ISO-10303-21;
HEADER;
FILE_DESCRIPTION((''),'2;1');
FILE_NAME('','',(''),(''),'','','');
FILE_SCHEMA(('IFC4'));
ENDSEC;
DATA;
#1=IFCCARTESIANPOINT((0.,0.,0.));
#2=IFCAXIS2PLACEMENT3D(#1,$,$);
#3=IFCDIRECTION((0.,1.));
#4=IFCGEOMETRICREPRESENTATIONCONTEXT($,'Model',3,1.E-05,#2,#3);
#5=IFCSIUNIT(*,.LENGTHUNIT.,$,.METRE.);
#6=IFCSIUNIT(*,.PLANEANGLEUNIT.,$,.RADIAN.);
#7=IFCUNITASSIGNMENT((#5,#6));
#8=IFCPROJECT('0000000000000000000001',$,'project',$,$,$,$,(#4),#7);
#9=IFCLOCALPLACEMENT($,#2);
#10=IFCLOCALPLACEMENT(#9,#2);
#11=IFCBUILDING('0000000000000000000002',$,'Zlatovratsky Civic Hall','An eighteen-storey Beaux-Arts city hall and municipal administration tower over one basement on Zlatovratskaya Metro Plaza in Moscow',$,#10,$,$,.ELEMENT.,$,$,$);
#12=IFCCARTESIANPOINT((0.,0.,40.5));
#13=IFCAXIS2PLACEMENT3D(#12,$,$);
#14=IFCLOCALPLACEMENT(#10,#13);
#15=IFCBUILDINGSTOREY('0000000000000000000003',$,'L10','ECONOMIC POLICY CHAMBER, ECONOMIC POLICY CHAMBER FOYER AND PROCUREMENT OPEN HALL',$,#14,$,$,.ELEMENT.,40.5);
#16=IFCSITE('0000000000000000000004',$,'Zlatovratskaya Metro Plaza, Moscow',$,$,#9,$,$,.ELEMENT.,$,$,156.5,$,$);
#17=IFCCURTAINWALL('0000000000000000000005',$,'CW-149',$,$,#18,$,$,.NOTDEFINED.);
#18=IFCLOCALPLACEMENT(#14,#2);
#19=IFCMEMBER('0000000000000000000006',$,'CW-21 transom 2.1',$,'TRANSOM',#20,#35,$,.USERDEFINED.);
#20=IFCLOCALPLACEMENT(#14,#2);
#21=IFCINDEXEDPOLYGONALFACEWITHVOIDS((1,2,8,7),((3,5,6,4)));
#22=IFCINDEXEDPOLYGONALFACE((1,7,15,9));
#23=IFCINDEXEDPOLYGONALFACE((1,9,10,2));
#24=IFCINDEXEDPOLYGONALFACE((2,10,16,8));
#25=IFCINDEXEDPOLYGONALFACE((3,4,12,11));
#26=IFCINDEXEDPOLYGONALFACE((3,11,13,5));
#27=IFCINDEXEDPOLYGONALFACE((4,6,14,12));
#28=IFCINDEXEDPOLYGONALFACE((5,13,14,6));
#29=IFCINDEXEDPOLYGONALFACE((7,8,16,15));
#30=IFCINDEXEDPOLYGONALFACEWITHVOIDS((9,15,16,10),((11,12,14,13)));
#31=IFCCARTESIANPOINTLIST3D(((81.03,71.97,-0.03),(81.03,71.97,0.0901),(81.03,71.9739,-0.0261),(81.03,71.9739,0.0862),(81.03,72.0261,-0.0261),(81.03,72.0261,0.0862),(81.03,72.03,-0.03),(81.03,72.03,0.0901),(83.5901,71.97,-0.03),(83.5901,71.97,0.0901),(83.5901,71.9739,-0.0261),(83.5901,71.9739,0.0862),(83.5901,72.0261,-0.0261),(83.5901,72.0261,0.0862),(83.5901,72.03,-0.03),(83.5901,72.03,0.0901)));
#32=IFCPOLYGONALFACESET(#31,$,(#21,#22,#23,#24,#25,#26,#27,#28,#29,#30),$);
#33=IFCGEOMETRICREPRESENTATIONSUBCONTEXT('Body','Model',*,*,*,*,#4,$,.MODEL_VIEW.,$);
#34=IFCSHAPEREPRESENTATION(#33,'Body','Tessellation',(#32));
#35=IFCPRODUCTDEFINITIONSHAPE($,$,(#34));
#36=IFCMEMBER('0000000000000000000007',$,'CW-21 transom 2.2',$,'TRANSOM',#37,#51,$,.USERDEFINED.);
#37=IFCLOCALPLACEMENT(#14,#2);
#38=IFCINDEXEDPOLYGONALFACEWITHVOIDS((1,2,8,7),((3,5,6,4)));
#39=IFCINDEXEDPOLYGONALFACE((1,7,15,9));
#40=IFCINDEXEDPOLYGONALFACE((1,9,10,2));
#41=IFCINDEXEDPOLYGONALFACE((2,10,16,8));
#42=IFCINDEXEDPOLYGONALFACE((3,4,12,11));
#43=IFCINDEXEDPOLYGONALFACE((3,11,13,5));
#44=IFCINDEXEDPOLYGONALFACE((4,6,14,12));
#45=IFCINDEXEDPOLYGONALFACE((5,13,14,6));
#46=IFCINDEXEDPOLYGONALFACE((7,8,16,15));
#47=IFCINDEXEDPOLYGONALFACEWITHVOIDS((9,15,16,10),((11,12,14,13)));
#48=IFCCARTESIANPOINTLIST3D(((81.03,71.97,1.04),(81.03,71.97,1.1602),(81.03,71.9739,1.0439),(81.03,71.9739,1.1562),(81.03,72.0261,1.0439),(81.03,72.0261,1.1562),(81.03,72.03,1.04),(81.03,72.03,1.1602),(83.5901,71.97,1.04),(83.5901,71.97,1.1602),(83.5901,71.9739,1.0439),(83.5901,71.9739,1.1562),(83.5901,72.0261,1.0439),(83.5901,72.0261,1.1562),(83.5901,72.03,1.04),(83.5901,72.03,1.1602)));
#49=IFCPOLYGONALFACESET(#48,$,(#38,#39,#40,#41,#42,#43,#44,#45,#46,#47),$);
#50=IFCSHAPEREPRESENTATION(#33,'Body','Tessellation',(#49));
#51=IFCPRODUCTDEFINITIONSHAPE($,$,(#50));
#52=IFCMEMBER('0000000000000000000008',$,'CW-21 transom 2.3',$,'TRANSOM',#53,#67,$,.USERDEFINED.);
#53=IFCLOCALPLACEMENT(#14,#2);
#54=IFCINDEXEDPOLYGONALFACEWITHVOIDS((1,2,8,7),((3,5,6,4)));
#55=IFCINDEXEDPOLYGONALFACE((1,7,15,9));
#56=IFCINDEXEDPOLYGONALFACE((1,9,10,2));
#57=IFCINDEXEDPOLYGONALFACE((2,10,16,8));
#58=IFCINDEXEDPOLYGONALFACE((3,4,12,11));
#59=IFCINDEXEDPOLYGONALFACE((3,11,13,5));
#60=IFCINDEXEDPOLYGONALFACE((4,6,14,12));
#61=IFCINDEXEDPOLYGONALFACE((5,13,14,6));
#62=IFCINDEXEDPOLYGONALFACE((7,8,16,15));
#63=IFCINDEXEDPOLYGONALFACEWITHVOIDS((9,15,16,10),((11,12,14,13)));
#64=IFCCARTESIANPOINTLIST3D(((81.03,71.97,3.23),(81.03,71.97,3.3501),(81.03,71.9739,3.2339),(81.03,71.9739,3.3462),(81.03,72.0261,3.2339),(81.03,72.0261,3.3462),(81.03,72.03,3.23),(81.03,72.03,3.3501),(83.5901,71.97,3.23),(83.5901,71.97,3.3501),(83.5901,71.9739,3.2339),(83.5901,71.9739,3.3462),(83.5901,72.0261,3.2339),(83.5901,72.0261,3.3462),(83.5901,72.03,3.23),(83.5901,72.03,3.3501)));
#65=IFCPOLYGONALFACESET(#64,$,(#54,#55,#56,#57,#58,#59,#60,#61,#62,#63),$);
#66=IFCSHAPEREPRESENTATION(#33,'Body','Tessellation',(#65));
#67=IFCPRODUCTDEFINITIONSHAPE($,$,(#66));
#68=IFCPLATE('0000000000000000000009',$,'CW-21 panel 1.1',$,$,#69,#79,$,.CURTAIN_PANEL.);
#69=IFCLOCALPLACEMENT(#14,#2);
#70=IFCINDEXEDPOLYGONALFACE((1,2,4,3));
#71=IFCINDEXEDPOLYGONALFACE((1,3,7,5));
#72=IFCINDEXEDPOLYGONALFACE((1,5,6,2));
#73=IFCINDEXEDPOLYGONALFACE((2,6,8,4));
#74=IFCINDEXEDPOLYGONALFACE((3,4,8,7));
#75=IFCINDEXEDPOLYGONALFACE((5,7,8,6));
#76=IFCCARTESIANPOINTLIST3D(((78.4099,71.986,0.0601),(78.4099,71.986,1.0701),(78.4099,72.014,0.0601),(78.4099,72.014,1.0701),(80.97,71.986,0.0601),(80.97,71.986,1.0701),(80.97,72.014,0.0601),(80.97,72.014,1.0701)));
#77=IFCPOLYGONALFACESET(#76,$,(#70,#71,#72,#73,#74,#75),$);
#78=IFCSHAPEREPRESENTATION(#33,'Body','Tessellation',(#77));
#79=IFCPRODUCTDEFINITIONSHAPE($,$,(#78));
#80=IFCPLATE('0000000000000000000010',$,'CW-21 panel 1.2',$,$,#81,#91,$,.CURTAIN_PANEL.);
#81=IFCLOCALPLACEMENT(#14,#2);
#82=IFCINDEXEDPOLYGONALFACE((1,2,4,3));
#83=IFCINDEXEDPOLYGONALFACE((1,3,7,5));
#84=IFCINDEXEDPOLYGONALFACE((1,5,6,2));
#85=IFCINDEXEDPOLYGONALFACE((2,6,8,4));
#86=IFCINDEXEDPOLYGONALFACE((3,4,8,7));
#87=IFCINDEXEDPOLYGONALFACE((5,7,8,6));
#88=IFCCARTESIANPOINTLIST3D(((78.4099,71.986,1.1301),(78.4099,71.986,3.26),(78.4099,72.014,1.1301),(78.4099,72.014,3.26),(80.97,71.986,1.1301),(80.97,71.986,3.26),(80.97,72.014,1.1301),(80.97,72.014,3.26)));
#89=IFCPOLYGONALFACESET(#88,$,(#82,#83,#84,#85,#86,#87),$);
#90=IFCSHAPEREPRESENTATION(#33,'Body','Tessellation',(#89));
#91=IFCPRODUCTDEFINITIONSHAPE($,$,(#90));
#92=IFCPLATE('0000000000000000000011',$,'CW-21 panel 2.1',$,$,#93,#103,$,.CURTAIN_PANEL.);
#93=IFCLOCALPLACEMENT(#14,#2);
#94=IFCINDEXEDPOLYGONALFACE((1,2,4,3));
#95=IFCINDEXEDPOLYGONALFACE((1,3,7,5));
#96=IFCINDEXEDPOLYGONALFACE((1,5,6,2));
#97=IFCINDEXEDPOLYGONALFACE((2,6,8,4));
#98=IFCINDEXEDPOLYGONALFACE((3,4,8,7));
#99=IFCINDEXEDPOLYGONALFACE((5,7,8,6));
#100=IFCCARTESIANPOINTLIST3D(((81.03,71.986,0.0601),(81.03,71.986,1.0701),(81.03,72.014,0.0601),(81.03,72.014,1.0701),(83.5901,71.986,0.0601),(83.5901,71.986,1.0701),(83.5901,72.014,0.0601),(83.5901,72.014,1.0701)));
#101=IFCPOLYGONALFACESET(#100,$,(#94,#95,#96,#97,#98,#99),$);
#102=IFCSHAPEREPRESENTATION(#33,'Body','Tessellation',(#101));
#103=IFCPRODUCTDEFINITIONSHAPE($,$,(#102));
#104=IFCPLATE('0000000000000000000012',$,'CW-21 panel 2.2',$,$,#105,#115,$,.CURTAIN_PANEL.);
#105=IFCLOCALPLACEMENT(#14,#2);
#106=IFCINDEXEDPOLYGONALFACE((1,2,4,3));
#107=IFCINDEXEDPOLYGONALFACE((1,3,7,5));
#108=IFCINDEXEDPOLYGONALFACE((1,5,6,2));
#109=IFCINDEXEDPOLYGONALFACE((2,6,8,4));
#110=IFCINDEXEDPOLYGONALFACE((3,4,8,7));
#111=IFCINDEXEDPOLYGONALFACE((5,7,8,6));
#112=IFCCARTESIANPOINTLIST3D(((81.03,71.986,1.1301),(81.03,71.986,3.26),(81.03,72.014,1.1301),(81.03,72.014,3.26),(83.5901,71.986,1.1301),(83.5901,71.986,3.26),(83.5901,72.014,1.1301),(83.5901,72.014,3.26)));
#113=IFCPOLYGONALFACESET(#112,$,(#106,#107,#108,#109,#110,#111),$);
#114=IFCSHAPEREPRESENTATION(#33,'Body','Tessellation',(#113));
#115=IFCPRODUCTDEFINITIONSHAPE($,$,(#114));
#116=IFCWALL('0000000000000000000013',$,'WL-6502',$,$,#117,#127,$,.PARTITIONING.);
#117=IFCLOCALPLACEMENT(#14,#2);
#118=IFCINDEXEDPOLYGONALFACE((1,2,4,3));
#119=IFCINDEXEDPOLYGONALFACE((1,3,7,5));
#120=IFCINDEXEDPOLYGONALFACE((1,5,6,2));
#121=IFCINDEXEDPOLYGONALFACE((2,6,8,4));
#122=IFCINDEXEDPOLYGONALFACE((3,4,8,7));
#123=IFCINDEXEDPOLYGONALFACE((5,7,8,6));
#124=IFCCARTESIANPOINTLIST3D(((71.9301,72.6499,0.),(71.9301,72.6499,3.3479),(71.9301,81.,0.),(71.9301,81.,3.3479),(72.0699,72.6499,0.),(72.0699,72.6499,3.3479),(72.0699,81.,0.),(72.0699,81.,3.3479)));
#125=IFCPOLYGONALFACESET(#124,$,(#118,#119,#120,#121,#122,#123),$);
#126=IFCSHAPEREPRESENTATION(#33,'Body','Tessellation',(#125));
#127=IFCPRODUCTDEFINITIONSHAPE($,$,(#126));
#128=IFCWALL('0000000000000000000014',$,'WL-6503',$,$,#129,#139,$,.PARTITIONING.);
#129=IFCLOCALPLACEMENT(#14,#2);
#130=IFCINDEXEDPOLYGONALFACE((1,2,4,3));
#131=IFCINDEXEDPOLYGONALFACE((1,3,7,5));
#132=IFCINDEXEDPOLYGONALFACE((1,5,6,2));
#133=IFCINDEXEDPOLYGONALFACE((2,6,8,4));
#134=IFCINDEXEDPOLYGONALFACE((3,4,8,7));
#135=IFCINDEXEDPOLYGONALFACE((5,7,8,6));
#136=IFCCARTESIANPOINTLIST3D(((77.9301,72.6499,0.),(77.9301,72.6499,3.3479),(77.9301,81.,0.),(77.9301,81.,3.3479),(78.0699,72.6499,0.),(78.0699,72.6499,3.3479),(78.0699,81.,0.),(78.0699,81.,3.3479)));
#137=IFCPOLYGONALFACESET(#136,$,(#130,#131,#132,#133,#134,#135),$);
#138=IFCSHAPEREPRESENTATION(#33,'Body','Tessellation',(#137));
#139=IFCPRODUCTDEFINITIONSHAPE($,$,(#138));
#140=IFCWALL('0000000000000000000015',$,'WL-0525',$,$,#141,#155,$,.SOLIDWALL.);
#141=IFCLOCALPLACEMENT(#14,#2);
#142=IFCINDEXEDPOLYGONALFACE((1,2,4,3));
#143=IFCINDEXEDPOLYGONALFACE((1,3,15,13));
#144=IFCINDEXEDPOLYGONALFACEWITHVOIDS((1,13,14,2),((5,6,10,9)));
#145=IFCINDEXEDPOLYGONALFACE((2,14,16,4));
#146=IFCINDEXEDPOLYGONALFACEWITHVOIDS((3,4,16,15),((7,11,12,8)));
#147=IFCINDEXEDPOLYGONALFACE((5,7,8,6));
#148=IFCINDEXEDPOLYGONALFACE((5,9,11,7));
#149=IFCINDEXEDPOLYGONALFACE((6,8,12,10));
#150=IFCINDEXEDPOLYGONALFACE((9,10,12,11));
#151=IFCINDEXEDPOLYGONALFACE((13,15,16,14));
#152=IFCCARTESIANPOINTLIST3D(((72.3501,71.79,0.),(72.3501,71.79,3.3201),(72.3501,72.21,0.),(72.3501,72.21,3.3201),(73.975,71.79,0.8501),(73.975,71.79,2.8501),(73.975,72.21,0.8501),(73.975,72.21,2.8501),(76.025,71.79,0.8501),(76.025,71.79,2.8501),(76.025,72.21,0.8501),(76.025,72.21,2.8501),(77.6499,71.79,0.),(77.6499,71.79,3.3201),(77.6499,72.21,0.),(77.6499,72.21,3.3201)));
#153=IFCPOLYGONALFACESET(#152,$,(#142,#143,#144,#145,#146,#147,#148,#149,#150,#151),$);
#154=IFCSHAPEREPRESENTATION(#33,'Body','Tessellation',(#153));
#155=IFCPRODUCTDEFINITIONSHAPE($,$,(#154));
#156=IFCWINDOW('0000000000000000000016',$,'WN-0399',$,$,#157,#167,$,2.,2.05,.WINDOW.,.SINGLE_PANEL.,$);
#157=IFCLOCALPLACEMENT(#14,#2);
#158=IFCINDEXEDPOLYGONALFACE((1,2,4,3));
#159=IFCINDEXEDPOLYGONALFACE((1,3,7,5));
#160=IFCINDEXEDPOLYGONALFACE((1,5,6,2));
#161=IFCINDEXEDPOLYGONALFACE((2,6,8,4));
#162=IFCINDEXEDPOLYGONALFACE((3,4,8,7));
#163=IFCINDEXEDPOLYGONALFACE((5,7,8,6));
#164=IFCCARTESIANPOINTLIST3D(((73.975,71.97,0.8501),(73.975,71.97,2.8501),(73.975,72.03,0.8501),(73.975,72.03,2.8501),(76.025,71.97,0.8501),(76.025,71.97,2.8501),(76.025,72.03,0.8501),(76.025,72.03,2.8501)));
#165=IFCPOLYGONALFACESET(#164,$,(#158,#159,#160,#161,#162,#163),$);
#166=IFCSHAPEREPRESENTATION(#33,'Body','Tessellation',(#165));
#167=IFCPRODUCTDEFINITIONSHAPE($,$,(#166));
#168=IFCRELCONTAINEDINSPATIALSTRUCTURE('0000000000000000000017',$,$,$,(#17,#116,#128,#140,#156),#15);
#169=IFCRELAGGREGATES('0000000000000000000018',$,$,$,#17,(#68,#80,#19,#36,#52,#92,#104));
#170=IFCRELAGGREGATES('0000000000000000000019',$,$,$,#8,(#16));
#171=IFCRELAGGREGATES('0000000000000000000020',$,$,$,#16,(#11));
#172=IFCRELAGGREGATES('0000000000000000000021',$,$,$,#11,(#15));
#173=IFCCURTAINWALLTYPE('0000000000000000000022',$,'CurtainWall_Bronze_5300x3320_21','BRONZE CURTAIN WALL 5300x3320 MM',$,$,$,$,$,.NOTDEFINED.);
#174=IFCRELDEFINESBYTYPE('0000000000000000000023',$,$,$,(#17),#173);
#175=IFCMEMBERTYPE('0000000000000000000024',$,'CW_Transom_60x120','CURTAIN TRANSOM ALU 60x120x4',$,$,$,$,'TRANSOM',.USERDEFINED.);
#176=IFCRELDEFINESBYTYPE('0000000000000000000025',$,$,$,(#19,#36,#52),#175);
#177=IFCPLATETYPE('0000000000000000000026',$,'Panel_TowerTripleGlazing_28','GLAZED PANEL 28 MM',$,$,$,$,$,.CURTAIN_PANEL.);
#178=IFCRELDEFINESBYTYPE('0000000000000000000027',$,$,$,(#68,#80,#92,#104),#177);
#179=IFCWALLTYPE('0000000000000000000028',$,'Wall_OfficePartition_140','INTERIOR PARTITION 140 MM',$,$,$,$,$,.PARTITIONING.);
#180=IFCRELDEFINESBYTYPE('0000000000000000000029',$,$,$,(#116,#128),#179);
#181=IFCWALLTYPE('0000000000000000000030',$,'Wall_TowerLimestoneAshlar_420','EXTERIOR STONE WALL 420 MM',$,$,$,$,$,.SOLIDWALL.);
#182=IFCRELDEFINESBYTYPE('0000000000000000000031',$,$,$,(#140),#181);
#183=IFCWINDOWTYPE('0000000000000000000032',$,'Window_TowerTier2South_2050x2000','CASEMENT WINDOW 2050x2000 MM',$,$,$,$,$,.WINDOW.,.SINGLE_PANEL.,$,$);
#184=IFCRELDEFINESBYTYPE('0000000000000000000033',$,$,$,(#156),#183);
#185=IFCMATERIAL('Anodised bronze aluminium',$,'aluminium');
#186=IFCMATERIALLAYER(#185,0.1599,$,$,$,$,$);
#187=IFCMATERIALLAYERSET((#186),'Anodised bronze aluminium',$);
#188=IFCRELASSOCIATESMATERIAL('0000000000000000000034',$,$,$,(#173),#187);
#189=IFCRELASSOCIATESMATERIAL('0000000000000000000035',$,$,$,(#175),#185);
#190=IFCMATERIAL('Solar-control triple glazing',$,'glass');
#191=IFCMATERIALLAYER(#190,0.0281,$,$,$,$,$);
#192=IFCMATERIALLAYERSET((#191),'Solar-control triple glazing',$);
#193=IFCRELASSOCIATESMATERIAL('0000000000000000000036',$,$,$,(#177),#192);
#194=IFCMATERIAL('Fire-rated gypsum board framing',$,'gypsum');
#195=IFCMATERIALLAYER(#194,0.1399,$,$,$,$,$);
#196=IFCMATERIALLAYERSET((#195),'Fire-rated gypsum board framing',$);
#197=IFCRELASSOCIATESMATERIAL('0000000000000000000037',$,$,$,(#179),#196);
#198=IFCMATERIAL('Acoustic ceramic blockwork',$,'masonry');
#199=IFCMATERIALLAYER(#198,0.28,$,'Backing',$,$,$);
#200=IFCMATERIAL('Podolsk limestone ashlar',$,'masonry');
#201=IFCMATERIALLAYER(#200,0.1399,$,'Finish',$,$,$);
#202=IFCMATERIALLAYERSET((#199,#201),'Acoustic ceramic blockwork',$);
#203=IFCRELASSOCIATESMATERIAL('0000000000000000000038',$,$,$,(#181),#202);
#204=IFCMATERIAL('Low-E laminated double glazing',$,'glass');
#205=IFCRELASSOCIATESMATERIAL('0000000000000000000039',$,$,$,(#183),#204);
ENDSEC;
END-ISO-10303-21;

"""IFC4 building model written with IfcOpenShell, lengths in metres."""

from ifc_helpers import new_model, si_unit, direction, frame, frame_2d, origin, origin_2d, place, context, subcontext, project, spatial, rectangle, hollow_rectangle, extrude, material, layer, layer_set, material_profile, profile_set, type_object, element, fill, aggregate, save


model = new_model("IFC4")

# Units and contexts
model_context = context("Model", 3, precision=1e-05, world=origin(), true_north=direction((0.0, 1.0)))
body_context = subcontext(model_context, "Body", "Model", "MODEL_VIEW")
ifc_project = project(units=[si_unit("LENGTHUNIT", "METRE"), si_unit("PLANEANGLEUNIT", "RADIAN")], contexts=[model_context])

# Site, building, storey
site_placement = place(None, origin())
site = spatial("IfcSite", under=ifc_project, at=site_placement, Name="Zlatovratskaya Metro Plaza, Moscow", CompositionType="ELEMENT", RefElevation=156.5)
building_placement = place(site_placement, origin())
building = spatial("IfcBuilding", under=site, at=building_placement, Name="Zlatovratsky Civic Hall", Description="An eighteen-storey Beaux-Arts city hall and municipal administration tower over one basement on Zlatovratskaya Metro Plaza in Moscow", CompositionType="ELEMENT")
storey_placement = place(building_placement, frame((0.0, 0.0, 40.5)))
storey = spatial("IfcBuildingStorey", under=building, at=storey_placement, Name="L10", Description="ECONOMIC POLICY CHAMBER, ECONOMIC POLICY CHAMBER FOYER AND PROCUREMENT OPEN HALL", CompositionType="ELEMENT", Elevation=40.5)

# Curtain wall, members, plates
ifc_material_1 = material(Name="Anodised bronze aluminium", Category="aluminium")
ifc_layer_1 = layer(ifc_material_1, 0.1599)
ifc_layer_set_1 = layer_set([ifc_layer_1], Name="Anodised bronze aluminium")
curtain_wall_type = type_object("IfcCurtainWallType", Name="CurtainWall_Bronze_5300x3320_21", Description="BRONZE CURTAIN WALL 5300x3320 MM", PredefinedType="NOTDEFINED", material=ifc_layer_set_1)
curtain_wall_placement = place(storey_placement, origin())
curtain_wall = element("IfcCurtainWall", 1, at=curtain_wall_placement, inside=storey, type_object=curtain_wall_type, Name="CW-149", PredefinedType="NOTDEFINED")
ifc_material_profile_1 = material_profile(ifc_material_1, hollow_rectangle(XDim=0.0601, YDim=0.1201, WallThickness=0.0039, at=origin_2d()), Name="ALU 60x120x4")
ifc_profile_set_1 = profile_set([ifc_material_profile_1], Name="Anodised bronze aluminium")
member_type_1 = type_object("IfcMemberType", Name="CW_Transom_60x120", Description="CURTAIN TRANSOM ALU 60x120x4", ElementType="TRANSOM", PredefinedType="USERDEFINED", material=ifc_profile_set_1)
member_1_placement = place(storey_placement, frame((81.03, 72.0, 0.03), z_axis=(1.0, 0.0, 0.0), x_axis=(0.0, 1.0, 0.0)))
member_1 = element("IfcMember", 2, at=member_1_placement, type_object=member_type_1, Name="CW-21 transom 2.1", ObjectType="TRANSOM", PredefinedType="USERDEFINED", context=body_context, shape_type="SweptSolid", body=[
    extrude(hollow_rectangle(XDim=0.0601, YDim=0.1201, WallThickness=0.0039, at=origin_2d()), origin(), (0.0, 0.0, 1.0), 2.5601),
])
member_2_placement = place(storey_placement, frame((81.03, 72.0, 1.1001), z_axis=(1.0, 0.0, 0.0), x_axis=(0.0, 1.0, 0.0)))
member_2 = element("IfcMember", 3, at=member_2_placement, type_object=member_type_1, Name="CW-21 transom 2.2", ObjectType="TRANSOM", PredefinedType="USERDEFINED", context=body_context, shape_type="SweptSolid", body=[
    extrude(hollow_rectangle(XDim=0.0601, YDim=0.1201, WallThickness=0.0039, at=origin_2d()), origin(), (0.0, 0.0, 1.0), 2.5601),
])
member_3_placement = place(storey_placement, frame((81.03, 72.0, 3.29), z_axis=(1.0, 0.0, 0.0), x_axis=(0.0, 1.0, 0.0)))
member_3 = element("IfcMember", 4, at=member_3_placement, type_object=member_type_1, Name="CW-21 transom 2.3", ObjectType="TRANSOM", PredefinedType="USERDEFINED", context=body_context, shape_type="SweptSolid", body=[
    extrude(hollow_rectangle(XDim=0.0601, YDim=0.1201, WallThickness=0.0039, at=origin_2d()), origin(), (0.0, 0.0, 1.0), 2.5601),
])
ifc_material_2 = material(Name="Solar-control triple glazing", Category="glass")
ifc_layer_2 = layer(ifc_material_2, 0.0281)
ifc_layer_set_2 = layer_set([ifc_layer_2], Name="Solar-control triple glazing")
plate_type = type_object("IfcPlateType", Name="Panel_TowerTripleGlazing_28", Description="GLAZED PANEL 28 MM", PredefinedType="CURTAIN_PANEL", material=ifc_layer_set_2)
plate_1_placement = place(storey_placement, frame((79.6899, 72.0, 0.0601), z_axis=(0.0, 0.0, 1.0), x_axis=(1.0, 0.0, 0.0)))
plate_1 = element("IfcPlate", 5, at=plate_1_placement, type_object=plate_type, Name="CW-21 panel 1.1", PredefinedType="CURTAIN_PANEL", context=body_context, shape_type="SweptSolid", body=[
    extrude(rectangle(XDim=2.5601, YDim=0.0281, at=origin_2d()), origin(), (0.0, 0.0, 1.0), 1.01),
])
plate_2_placement = place(storey_placement, frame((79.6899, 72.0, 1.1301), z_axis=(0.0, 0.0, 1.0), x_axis=(1.0, 0.0, 0.0)))
plate_2 = element("IfcPlate", 6, at=plate_2_placement, type_object=plate_type, Name="CW-21 panel 1.2", PredefinedType="CURTAIN_PANEL", context=body_context, shape_type="SweptSolid", body=[
    extrude(rectangle(XDim=2.5601, YDim=0.0281, at=origin_2d()), origin(), (0.0, 0.0, 1.0), 2.1299),
])
plate_3_placement = place(storey_placement, frame((82.3101, 72.0, 0.0601), z_axis=(0.0, 0.0, 1.0), x_axis=(1.0, 0.0, 0.0)))
plate_3 = element("IfcPlate", 7, at=plate_3_placement, type_object=plate_type, Name="CW-21 panel 2.1", PredefinedType="CURTAIN_PANEL", context=body_context, shape_type="SweptSolid", body=[
    extrude(rectangle(XDim=2.5601, YDim=0.0281, at=origin_2d()), origin(), (0.0, 0.0, 1.0), 1.01),
])
plate_4_placement = place(storey_placement, frame((82.3101, 72.0, 1.1301), z_axis=(0.0, 0.0, 1.0), x_axis=(1.0, 0.0, 0.0)))
plate_4 = element("IfcPlate", 8, at=plate_4_placement, type_object=plate_type, Name="CW-21 panel 2.2", PredefinedType="CURTAIN_PANEL", context=body_context, shape_type="SweptSolid", body=[
    extrude(rectangle(XDim=2.5601, YDim=0.0281, at=origin_2d()), origin(), (0.0, 0.0, 1.0), 2.1299),
])
aggregate(curtain_wall, [plate_1, plate_2, member_1, member_2, member_3, plate_3, plate_4])

# Walls
ifc_material_3 = material(Name="Fire-rated gypsum board framing", Category="gypsum")
ifc_layer_3 = layer(ifc_material_3, 0.1399)
ifc_layer_set_3 = layer_set([ifc_layer_3], Name="Fire-rated gypsum board framing")
wall_type_1 = type_object("IfcWallType", Name="Wall_OfficePartition_140", Description="INTERIOR PARTITION 140 MM", PredefinedType="PARTITIONING", material=ifc_layer_set_3)
for number, where, z_axis, x_axis, name in (
    (9, (72.0, 72.6499, 0.0), (0.0, 0.0, 1.0), (0.0, 1.0, 0.0), "WL-6502"),
    (10, (78.0, 72.6499, 0.0), (0.0, 0.0, 1.0), (0.0, 1.0, 0.0), "WL-6503"),
):
    element("IfcWall", number, at=place(storey_placement, frame(where, z_axis=z_axis, x_axis=x_axis)), inside=storey, type_object=wall_type_1, Name=name, PredefinedType="PARTITIONING", context=body_context, shape_type="SweptSolid", body=[
        extrude(rectangle(XDim=8.3501, YDim=0.1399, at=frame_2d((4.175, 0.0))), origin(), (0.0, 0.0, 1.0), 3.3479),
    ])

# Wall, opening, window
ifc_material_4 = material(Name="Acoustic ceramic blockwork", Category="masonry")
ifc_layer_4 = layer(ifc_material_4, 0.28, Name="Backing")
ifc_material_5 = material(Name="Podolsk limestone ashlar", Category="masonry")
ifc_layer_5 = layer(ifc_material_5, 0.1399, Name="Finish")
ifc_layer_set_4 = layer_set([ifc_layer_4, ifc_layer_5], Name="Acoustic ceramic blockwork")
wall_type_2 = type_object("IfcWallType", Name="Wall_TowerLimestoneAshlar_420", Description="EXTERIOR STONE WALL 420 MM", PredefinedType="SOLIDWALL", material=ifc_layer_set_4)
wall_placement = place(storey_placement, frame((72.3501, 72.0, 0.0), z_axis=(0.0, 0.0, 1.0), x_axis=(1.0, 0.0, 0.0)))
wall = element("IfcWall", 11, at=wall_placement, inside=storey, type_object=wall_type_2, Name="WL-0525", PredefinedType="SOLIDWALL", context=body_context, shape_type="SweptSolid", body=[
    extrude(rectangle(XDim=5.2998, YDim=0.4199, at=frame_2d((2.6499, 0.0))), origin(), (0.0, 0.0, 1.0), 3.3201),
])
opening_placement = place(wall_placement, frame((1.625, 0.0, 0.8501)))
opening = element("IfcOpeningElement", 12, at=opening_placement, cuts=wall, PredefinedType="OPENING", context=body_context, shape_type="SweptSolid", body=[
    extrude(rectangle(XDim=2.05, YDim=2.0, at=frame_2d((1.0249, 1.0))), frame((0.0, 0.2249, 0.0), z_axis=(0.0, -1.0, 0.0), x_axis=(1.0, 0.0, 0.0)), (0.0, 0.0, 1.0), 0.4497),
])
ifc_material_6 = material(Name="Low-E laminated double glazing", Category="glass")
window_type = type_object("IfcWindowType", Name="Window_TowerTier2South_2050x2000", Description="CASEMENT WINDOW 2050x2000 MM", PartitioningType="SINGLE_PANEL", PredefinedType="WINDOW", material=ifc_material_6)
window_placement = place(opening_placement, origin())
window = element("IfcWindow", 13, at=window_placement, inside=storey, type_object=window_type, Name="WN-0399", OverallHeight=2.0, OverallWidth=2.05, PartitioningType="SINGLE_PANEL", PredefinedType="WINDOW", context=body_context, shape_type="SweptSolid", body=[
    extrude(rectangle(XDim=2.05, YDim=2.0, at=frame_2d((1.0249, 1.0))), frame((0.0, 0.03, 0.0), z_axis=(0.0, -1.0, 0.0), x_axis=(1.0, 0.0, 0.0)), (0.0, 0.0, 1.0), 0.0601),
])
fill(opening, window)

save(model, "model.ifc")
